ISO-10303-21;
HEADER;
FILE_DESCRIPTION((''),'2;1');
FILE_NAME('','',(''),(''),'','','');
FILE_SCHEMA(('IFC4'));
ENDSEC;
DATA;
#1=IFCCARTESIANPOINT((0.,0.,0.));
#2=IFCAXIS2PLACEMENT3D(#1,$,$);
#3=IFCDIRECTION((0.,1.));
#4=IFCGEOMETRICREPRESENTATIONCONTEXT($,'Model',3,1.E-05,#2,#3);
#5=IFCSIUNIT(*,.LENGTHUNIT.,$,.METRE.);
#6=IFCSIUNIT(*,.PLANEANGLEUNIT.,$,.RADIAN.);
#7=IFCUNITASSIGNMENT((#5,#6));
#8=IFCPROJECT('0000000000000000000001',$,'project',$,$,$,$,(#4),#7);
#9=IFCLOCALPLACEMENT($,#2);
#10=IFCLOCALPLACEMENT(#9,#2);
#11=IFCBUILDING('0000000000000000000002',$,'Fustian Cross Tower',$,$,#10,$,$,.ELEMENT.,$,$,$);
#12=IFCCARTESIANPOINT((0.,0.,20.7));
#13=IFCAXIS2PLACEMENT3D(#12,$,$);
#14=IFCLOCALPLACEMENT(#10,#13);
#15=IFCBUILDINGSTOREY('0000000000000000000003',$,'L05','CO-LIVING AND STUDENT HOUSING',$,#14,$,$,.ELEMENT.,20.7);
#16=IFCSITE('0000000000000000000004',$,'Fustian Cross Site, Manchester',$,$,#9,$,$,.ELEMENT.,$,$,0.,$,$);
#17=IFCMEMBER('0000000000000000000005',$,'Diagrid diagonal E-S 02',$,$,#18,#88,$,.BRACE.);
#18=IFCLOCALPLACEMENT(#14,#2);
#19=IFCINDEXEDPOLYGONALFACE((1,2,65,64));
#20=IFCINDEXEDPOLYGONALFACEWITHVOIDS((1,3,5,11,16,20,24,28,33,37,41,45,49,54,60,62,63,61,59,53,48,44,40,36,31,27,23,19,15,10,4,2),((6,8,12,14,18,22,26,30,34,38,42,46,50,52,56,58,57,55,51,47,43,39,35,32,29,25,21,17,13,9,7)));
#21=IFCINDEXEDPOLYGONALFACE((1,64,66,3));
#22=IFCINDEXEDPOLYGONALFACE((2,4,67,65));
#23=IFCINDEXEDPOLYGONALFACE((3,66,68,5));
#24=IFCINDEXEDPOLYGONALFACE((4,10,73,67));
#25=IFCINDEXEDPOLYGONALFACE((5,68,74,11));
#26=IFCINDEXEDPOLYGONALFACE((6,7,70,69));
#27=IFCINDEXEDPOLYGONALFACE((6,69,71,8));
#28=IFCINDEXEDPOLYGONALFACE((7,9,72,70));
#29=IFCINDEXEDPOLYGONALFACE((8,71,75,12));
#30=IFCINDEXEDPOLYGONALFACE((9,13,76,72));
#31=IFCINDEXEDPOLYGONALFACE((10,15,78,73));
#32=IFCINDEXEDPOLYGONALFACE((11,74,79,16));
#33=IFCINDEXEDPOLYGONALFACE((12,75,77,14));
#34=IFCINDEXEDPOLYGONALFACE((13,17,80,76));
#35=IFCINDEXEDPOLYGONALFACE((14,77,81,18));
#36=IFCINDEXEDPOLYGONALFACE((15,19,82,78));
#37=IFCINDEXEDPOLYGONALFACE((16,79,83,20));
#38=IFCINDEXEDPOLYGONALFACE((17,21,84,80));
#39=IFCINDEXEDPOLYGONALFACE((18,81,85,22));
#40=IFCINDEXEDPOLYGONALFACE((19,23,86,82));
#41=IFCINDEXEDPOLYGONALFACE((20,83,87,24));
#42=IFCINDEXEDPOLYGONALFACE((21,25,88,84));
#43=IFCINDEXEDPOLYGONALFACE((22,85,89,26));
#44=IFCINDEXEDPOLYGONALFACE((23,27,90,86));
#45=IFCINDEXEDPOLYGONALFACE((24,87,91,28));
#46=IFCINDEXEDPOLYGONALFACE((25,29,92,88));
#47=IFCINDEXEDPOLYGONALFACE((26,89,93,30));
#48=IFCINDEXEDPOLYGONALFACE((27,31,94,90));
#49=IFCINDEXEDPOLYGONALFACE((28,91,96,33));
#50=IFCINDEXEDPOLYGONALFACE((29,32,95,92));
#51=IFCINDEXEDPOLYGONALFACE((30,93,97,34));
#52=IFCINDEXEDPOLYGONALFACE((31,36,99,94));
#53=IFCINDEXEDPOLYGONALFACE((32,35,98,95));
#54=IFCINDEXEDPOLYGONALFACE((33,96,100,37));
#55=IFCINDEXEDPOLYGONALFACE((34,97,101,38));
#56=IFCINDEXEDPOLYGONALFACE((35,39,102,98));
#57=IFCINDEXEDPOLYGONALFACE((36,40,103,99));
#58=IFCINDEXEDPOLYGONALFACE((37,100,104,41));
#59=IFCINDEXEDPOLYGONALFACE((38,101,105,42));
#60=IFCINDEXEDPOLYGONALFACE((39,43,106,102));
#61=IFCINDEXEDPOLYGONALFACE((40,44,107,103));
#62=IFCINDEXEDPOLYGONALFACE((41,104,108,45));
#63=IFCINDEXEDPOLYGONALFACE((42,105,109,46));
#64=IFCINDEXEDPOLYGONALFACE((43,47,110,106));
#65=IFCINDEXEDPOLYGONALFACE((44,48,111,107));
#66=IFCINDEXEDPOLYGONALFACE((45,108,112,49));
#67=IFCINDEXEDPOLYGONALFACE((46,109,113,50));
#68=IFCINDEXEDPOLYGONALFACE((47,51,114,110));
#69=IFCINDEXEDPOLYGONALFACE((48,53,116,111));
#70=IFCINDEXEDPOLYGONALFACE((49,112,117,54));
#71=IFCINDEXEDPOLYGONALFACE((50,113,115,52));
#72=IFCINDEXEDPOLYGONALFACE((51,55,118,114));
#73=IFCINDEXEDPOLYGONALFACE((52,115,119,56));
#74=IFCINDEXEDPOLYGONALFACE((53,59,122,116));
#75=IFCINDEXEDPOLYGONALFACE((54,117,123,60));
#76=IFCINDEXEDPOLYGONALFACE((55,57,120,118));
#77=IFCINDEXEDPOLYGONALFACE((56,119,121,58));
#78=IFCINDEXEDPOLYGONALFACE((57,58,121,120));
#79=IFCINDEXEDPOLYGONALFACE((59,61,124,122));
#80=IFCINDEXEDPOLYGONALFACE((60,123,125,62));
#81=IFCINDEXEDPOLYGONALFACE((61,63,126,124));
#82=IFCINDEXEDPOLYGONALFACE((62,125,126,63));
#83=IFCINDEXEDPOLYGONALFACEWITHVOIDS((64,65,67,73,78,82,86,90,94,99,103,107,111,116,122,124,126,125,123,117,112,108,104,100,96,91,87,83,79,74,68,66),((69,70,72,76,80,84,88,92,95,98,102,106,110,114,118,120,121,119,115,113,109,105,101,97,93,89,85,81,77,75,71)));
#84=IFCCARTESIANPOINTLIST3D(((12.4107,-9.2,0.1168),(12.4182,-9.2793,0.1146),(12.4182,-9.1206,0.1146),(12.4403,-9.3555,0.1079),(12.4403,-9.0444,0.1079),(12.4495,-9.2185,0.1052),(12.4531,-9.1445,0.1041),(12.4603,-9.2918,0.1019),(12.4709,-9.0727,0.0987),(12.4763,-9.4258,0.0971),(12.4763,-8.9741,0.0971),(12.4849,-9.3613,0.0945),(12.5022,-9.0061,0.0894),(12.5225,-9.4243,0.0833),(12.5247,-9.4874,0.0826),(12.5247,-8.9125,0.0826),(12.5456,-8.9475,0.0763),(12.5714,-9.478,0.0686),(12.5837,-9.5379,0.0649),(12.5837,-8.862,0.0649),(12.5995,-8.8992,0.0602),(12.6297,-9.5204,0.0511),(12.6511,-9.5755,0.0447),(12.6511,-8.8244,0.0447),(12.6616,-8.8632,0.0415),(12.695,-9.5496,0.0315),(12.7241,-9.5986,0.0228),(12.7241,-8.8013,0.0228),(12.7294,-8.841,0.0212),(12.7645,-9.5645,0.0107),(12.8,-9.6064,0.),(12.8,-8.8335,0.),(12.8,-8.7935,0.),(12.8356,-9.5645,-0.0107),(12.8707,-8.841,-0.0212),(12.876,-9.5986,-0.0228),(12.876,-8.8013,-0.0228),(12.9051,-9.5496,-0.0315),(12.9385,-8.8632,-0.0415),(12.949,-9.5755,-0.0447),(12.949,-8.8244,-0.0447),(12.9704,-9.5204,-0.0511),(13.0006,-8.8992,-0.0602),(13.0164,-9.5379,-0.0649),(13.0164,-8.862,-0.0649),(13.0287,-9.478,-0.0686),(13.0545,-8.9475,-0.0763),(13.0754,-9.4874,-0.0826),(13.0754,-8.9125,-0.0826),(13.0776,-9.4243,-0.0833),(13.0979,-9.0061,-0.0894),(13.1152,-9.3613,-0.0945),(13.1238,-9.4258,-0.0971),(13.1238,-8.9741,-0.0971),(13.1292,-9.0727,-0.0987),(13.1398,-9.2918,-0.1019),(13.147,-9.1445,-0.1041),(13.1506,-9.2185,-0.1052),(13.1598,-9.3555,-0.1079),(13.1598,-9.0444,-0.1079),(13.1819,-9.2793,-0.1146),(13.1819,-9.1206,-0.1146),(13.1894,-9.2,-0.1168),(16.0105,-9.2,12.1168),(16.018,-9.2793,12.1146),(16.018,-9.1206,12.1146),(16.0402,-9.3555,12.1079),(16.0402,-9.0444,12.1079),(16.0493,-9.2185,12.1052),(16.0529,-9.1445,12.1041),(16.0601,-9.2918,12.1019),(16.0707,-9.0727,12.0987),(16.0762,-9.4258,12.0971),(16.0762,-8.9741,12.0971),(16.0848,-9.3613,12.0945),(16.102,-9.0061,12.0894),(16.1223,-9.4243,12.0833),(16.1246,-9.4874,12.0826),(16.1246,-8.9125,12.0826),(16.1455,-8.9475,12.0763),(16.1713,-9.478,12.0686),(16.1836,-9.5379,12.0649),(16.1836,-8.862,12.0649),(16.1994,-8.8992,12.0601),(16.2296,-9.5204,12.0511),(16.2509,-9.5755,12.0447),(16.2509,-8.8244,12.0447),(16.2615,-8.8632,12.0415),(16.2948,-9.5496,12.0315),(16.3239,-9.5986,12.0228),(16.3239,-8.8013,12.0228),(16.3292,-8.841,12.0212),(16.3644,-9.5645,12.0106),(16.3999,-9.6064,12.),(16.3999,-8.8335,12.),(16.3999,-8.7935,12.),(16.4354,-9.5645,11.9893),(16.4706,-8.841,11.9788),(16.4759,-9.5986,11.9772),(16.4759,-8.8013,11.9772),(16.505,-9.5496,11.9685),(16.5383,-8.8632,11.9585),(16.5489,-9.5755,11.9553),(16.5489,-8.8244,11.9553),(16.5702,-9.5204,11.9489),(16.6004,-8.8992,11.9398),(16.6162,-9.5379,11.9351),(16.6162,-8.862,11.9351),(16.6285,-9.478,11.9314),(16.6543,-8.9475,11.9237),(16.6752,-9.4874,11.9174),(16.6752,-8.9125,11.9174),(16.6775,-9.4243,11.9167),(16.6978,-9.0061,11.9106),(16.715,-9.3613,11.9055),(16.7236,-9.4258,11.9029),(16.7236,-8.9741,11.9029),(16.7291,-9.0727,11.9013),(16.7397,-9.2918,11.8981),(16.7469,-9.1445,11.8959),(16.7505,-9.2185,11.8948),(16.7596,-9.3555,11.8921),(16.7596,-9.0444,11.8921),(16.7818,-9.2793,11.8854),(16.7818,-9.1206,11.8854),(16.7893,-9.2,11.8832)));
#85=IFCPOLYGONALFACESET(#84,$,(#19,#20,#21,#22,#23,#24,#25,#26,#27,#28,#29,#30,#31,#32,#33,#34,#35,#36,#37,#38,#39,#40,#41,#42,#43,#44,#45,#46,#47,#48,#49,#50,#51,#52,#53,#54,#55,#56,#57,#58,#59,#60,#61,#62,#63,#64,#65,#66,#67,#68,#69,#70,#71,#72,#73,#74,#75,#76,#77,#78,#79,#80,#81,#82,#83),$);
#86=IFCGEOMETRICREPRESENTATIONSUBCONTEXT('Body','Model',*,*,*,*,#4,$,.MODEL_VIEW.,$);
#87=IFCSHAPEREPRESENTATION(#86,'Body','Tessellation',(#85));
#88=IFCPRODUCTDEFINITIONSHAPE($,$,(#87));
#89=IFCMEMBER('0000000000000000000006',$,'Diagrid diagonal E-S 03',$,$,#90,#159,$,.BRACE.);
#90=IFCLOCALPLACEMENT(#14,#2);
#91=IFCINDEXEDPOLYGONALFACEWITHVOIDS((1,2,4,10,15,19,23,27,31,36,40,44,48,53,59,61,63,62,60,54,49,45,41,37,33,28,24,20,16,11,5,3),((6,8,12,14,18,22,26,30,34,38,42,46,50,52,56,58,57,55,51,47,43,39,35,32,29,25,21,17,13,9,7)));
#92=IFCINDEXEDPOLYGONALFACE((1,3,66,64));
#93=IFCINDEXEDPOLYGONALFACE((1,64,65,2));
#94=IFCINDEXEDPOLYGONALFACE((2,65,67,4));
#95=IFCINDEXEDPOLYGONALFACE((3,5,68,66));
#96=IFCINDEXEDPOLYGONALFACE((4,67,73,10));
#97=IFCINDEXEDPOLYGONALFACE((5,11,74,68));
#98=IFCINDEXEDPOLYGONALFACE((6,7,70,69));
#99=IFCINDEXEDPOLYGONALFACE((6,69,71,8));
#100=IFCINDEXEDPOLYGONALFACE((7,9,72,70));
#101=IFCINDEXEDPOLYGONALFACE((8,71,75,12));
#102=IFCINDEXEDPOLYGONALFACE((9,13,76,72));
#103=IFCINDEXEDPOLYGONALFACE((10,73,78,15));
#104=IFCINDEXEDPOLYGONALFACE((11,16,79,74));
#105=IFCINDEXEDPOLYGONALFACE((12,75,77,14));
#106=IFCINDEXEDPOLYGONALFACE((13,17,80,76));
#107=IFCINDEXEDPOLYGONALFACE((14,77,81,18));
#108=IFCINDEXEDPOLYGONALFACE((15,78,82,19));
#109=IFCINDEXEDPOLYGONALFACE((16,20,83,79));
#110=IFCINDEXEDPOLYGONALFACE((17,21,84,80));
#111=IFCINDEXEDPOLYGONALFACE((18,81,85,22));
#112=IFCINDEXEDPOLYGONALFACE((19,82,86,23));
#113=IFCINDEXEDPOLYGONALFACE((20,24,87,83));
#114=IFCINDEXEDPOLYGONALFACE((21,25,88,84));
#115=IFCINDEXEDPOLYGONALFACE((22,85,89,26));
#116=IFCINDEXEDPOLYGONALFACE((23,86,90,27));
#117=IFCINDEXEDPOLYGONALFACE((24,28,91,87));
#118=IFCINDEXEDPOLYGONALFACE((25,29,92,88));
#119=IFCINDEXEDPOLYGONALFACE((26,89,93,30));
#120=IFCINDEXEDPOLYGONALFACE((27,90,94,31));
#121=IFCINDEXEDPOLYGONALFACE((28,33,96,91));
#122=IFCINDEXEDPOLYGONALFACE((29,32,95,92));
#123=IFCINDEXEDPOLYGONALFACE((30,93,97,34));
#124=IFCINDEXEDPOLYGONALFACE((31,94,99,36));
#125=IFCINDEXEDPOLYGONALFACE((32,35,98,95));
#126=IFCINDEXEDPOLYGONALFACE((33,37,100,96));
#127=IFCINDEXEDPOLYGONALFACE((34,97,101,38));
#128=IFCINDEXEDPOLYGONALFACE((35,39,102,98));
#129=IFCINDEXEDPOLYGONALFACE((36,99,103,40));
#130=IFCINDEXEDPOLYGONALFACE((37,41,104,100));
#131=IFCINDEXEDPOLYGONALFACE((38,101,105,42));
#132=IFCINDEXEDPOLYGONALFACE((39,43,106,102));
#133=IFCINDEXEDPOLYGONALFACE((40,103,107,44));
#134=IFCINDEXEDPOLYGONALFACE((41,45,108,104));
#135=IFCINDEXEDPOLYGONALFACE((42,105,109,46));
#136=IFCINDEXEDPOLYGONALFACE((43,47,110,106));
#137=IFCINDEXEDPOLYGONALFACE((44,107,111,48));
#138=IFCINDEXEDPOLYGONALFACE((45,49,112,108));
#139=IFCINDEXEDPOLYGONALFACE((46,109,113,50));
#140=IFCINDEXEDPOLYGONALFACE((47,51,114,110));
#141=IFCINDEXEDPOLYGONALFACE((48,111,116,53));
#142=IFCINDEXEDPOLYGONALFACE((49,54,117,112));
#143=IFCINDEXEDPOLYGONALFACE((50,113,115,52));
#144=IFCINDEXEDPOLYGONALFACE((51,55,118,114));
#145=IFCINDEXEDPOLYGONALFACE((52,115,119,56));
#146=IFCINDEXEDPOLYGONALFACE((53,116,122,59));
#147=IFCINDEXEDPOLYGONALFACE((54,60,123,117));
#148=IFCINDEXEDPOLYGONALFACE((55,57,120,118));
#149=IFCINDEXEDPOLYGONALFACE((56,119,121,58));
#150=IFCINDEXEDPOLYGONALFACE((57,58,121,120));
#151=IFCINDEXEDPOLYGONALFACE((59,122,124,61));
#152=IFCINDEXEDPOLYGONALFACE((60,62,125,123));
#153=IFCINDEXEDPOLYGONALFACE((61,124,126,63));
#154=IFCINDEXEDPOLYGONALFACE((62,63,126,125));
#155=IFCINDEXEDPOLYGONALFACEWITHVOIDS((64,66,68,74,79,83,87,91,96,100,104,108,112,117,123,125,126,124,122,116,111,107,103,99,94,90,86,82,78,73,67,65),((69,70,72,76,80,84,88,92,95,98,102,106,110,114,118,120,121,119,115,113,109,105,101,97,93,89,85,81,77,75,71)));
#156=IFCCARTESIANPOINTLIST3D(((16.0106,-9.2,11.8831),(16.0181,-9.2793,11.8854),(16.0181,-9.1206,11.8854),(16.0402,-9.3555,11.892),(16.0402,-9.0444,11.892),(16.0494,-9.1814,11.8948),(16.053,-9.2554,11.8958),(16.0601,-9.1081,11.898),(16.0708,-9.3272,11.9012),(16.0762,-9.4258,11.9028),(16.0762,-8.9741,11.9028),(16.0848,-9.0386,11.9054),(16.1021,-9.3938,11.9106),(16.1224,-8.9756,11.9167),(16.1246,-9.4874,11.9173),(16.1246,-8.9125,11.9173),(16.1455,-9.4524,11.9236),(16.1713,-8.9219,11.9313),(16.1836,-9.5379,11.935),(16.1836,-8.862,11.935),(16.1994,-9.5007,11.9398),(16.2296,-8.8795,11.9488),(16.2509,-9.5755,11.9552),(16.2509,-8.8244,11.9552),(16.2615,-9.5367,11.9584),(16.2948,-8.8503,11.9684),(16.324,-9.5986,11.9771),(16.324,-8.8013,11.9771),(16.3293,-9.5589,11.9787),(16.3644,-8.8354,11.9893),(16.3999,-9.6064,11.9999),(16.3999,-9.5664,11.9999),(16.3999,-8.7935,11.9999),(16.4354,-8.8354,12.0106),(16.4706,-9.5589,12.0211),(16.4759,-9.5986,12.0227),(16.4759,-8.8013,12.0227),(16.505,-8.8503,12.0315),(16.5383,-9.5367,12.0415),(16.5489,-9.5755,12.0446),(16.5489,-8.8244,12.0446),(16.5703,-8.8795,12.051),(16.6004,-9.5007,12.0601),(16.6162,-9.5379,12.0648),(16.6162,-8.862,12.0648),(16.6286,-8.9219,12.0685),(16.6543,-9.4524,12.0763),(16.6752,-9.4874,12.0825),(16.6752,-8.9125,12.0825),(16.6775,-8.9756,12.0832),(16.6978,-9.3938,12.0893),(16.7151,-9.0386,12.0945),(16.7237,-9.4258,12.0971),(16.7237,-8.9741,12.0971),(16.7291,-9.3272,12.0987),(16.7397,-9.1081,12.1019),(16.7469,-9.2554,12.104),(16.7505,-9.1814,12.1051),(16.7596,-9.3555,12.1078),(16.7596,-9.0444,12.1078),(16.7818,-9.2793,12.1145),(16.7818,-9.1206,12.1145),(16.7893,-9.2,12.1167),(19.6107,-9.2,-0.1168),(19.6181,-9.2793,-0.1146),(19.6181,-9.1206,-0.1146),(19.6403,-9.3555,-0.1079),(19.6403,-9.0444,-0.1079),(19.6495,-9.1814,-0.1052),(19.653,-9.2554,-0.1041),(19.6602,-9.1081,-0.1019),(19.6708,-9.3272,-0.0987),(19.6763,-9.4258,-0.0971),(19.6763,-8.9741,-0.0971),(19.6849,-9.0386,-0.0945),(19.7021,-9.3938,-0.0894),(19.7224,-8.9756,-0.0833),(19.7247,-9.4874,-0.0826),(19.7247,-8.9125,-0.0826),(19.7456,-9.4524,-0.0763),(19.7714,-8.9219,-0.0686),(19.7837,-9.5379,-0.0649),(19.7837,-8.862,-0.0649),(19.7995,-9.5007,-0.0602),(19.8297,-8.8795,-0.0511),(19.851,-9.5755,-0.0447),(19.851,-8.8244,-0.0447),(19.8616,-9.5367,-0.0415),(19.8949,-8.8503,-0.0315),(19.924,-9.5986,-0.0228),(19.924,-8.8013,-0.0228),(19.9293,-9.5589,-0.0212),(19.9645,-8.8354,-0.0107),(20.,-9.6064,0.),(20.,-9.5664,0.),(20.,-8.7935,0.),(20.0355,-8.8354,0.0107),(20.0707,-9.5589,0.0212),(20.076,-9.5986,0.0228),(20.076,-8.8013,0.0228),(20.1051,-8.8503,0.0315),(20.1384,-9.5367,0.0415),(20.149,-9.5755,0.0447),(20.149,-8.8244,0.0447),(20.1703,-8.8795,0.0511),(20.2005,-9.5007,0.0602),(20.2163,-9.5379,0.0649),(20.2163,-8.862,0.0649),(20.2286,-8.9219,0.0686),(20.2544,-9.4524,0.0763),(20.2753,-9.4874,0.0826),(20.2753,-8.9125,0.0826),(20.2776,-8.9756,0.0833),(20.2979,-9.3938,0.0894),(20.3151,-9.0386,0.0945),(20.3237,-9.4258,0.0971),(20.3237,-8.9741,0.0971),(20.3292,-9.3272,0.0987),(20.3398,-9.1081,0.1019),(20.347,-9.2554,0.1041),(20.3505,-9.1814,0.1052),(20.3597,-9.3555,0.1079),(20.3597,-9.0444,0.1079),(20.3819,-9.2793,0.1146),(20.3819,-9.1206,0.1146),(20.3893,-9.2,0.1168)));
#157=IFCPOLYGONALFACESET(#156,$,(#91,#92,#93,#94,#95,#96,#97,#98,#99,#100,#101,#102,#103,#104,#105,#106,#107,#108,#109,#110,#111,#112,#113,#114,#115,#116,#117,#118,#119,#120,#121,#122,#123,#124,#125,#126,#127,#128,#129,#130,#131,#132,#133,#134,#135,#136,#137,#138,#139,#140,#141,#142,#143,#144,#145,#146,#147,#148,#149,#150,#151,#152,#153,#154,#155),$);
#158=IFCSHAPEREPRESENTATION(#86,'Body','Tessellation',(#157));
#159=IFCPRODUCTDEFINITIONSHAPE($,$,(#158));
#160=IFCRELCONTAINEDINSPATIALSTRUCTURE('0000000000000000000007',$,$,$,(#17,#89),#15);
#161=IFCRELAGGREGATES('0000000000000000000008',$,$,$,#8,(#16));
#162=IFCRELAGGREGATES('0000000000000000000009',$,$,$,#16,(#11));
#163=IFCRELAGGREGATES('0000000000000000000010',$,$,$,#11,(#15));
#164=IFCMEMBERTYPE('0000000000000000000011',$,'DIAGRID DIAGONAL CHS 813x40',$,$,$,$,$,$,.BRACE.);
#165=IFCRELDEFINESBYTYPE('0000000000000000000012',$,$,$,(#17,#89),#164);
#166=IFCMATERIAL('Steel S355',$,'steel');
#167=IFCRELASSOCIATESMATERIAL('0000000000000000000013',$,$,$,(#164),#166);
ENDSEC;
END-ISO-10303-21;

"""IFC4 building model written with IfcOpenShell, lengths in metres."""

from ifc_helpers import new_model, si_unit, direction, frame, origin, origin_2d, place, context, subcontext, project, spatial, hollow_circle, extrude, material, material_profile, profile_set, type_object, element, save


model = new_model("IFC4")

# Units and contexts
model_context = context("Model", 3, precision=1e-05, world=origin(), true_north=direction((0.0, 1.0)))
body_context = subcontext(model_context, "Body", "Model", "MODEL_VIEW")
ifc_project = project(units=[si_unit("LENGTHUNIT", "METRE"), si_unit("PLANEANGLEUNIT", "RADIAN")], contexts=[model_context])

# Site, building, storey
site_placement = place(None, origin())
site = spatial("IfcSite", under=ifc_project, at=site_placement, Name="Fustian Cross Site, Manchester", CompositionType="ELEMENT", RefElevation=0.0)
building_placement = place(site_placement, origin())
building = spatial("IfcBuilding", under=site, at=building_placement, Name="Fustian Cross Tower", CompositionType="ELEMENT")
storey_placement = place(building_placement, frame((0.0, 0.0, 20.7)))
storey = spatial("IfcBuildingStorey", under=building, at=storey_placement, Name="L05", Description="CO-LIVING AND STUDENT HOUSING", CompositionType="ELEMENT", Elevation=20.7)

# Members
ifc_material_1 = material(Name="Steel S355", Category="steel")
ifc_material_profile_1 = material_profile(ifc_material_1, hollow_circle(Radius=0.4065, WallThickness=0.04, at=origin_2d()), Name="CHS 813x40")
ifc_profile_set_1 = profile_set([ifc_material_profile_1], Name="Steel S355")
member_type_1 = type_object("IfcMemberType", Name="DIAGRID DIAGONAL CHS 813x40", PredefinedType="BRACE", material=ifc_profile_set_1)
for number, where, z_axis, x_axis, name in (
    (1, (12.8, -9.2, 0.0), (0.287337, 0.0, 0.95783), (0.0, 1.0, 0.0), "Diagrid diagonal E-S 02"),
    (2, (20.0, -9.2, 0.0), (-0.287355, 0.0, 0.957824), (0.0, -1.0, 0.0), "Diagrid diagonal E-S 03"),
):
    element("IfcMember", number, at=place(storey_placement, frame(where, z_axis=z_axis, x_axis=x_axis)), inside=storey, type_object=member_type_1, Name=name, PredefinedType="BRACE", context=body_context, shape_type="SweptSolid", body=[
        extrude(hollow_circle(Radius=0.4065, WallThickness=0.04, at=origin_2d()), origin(), (0.0, 0.0, 1.0), 12.5283),
    ])

save(model, "model.ifc")
